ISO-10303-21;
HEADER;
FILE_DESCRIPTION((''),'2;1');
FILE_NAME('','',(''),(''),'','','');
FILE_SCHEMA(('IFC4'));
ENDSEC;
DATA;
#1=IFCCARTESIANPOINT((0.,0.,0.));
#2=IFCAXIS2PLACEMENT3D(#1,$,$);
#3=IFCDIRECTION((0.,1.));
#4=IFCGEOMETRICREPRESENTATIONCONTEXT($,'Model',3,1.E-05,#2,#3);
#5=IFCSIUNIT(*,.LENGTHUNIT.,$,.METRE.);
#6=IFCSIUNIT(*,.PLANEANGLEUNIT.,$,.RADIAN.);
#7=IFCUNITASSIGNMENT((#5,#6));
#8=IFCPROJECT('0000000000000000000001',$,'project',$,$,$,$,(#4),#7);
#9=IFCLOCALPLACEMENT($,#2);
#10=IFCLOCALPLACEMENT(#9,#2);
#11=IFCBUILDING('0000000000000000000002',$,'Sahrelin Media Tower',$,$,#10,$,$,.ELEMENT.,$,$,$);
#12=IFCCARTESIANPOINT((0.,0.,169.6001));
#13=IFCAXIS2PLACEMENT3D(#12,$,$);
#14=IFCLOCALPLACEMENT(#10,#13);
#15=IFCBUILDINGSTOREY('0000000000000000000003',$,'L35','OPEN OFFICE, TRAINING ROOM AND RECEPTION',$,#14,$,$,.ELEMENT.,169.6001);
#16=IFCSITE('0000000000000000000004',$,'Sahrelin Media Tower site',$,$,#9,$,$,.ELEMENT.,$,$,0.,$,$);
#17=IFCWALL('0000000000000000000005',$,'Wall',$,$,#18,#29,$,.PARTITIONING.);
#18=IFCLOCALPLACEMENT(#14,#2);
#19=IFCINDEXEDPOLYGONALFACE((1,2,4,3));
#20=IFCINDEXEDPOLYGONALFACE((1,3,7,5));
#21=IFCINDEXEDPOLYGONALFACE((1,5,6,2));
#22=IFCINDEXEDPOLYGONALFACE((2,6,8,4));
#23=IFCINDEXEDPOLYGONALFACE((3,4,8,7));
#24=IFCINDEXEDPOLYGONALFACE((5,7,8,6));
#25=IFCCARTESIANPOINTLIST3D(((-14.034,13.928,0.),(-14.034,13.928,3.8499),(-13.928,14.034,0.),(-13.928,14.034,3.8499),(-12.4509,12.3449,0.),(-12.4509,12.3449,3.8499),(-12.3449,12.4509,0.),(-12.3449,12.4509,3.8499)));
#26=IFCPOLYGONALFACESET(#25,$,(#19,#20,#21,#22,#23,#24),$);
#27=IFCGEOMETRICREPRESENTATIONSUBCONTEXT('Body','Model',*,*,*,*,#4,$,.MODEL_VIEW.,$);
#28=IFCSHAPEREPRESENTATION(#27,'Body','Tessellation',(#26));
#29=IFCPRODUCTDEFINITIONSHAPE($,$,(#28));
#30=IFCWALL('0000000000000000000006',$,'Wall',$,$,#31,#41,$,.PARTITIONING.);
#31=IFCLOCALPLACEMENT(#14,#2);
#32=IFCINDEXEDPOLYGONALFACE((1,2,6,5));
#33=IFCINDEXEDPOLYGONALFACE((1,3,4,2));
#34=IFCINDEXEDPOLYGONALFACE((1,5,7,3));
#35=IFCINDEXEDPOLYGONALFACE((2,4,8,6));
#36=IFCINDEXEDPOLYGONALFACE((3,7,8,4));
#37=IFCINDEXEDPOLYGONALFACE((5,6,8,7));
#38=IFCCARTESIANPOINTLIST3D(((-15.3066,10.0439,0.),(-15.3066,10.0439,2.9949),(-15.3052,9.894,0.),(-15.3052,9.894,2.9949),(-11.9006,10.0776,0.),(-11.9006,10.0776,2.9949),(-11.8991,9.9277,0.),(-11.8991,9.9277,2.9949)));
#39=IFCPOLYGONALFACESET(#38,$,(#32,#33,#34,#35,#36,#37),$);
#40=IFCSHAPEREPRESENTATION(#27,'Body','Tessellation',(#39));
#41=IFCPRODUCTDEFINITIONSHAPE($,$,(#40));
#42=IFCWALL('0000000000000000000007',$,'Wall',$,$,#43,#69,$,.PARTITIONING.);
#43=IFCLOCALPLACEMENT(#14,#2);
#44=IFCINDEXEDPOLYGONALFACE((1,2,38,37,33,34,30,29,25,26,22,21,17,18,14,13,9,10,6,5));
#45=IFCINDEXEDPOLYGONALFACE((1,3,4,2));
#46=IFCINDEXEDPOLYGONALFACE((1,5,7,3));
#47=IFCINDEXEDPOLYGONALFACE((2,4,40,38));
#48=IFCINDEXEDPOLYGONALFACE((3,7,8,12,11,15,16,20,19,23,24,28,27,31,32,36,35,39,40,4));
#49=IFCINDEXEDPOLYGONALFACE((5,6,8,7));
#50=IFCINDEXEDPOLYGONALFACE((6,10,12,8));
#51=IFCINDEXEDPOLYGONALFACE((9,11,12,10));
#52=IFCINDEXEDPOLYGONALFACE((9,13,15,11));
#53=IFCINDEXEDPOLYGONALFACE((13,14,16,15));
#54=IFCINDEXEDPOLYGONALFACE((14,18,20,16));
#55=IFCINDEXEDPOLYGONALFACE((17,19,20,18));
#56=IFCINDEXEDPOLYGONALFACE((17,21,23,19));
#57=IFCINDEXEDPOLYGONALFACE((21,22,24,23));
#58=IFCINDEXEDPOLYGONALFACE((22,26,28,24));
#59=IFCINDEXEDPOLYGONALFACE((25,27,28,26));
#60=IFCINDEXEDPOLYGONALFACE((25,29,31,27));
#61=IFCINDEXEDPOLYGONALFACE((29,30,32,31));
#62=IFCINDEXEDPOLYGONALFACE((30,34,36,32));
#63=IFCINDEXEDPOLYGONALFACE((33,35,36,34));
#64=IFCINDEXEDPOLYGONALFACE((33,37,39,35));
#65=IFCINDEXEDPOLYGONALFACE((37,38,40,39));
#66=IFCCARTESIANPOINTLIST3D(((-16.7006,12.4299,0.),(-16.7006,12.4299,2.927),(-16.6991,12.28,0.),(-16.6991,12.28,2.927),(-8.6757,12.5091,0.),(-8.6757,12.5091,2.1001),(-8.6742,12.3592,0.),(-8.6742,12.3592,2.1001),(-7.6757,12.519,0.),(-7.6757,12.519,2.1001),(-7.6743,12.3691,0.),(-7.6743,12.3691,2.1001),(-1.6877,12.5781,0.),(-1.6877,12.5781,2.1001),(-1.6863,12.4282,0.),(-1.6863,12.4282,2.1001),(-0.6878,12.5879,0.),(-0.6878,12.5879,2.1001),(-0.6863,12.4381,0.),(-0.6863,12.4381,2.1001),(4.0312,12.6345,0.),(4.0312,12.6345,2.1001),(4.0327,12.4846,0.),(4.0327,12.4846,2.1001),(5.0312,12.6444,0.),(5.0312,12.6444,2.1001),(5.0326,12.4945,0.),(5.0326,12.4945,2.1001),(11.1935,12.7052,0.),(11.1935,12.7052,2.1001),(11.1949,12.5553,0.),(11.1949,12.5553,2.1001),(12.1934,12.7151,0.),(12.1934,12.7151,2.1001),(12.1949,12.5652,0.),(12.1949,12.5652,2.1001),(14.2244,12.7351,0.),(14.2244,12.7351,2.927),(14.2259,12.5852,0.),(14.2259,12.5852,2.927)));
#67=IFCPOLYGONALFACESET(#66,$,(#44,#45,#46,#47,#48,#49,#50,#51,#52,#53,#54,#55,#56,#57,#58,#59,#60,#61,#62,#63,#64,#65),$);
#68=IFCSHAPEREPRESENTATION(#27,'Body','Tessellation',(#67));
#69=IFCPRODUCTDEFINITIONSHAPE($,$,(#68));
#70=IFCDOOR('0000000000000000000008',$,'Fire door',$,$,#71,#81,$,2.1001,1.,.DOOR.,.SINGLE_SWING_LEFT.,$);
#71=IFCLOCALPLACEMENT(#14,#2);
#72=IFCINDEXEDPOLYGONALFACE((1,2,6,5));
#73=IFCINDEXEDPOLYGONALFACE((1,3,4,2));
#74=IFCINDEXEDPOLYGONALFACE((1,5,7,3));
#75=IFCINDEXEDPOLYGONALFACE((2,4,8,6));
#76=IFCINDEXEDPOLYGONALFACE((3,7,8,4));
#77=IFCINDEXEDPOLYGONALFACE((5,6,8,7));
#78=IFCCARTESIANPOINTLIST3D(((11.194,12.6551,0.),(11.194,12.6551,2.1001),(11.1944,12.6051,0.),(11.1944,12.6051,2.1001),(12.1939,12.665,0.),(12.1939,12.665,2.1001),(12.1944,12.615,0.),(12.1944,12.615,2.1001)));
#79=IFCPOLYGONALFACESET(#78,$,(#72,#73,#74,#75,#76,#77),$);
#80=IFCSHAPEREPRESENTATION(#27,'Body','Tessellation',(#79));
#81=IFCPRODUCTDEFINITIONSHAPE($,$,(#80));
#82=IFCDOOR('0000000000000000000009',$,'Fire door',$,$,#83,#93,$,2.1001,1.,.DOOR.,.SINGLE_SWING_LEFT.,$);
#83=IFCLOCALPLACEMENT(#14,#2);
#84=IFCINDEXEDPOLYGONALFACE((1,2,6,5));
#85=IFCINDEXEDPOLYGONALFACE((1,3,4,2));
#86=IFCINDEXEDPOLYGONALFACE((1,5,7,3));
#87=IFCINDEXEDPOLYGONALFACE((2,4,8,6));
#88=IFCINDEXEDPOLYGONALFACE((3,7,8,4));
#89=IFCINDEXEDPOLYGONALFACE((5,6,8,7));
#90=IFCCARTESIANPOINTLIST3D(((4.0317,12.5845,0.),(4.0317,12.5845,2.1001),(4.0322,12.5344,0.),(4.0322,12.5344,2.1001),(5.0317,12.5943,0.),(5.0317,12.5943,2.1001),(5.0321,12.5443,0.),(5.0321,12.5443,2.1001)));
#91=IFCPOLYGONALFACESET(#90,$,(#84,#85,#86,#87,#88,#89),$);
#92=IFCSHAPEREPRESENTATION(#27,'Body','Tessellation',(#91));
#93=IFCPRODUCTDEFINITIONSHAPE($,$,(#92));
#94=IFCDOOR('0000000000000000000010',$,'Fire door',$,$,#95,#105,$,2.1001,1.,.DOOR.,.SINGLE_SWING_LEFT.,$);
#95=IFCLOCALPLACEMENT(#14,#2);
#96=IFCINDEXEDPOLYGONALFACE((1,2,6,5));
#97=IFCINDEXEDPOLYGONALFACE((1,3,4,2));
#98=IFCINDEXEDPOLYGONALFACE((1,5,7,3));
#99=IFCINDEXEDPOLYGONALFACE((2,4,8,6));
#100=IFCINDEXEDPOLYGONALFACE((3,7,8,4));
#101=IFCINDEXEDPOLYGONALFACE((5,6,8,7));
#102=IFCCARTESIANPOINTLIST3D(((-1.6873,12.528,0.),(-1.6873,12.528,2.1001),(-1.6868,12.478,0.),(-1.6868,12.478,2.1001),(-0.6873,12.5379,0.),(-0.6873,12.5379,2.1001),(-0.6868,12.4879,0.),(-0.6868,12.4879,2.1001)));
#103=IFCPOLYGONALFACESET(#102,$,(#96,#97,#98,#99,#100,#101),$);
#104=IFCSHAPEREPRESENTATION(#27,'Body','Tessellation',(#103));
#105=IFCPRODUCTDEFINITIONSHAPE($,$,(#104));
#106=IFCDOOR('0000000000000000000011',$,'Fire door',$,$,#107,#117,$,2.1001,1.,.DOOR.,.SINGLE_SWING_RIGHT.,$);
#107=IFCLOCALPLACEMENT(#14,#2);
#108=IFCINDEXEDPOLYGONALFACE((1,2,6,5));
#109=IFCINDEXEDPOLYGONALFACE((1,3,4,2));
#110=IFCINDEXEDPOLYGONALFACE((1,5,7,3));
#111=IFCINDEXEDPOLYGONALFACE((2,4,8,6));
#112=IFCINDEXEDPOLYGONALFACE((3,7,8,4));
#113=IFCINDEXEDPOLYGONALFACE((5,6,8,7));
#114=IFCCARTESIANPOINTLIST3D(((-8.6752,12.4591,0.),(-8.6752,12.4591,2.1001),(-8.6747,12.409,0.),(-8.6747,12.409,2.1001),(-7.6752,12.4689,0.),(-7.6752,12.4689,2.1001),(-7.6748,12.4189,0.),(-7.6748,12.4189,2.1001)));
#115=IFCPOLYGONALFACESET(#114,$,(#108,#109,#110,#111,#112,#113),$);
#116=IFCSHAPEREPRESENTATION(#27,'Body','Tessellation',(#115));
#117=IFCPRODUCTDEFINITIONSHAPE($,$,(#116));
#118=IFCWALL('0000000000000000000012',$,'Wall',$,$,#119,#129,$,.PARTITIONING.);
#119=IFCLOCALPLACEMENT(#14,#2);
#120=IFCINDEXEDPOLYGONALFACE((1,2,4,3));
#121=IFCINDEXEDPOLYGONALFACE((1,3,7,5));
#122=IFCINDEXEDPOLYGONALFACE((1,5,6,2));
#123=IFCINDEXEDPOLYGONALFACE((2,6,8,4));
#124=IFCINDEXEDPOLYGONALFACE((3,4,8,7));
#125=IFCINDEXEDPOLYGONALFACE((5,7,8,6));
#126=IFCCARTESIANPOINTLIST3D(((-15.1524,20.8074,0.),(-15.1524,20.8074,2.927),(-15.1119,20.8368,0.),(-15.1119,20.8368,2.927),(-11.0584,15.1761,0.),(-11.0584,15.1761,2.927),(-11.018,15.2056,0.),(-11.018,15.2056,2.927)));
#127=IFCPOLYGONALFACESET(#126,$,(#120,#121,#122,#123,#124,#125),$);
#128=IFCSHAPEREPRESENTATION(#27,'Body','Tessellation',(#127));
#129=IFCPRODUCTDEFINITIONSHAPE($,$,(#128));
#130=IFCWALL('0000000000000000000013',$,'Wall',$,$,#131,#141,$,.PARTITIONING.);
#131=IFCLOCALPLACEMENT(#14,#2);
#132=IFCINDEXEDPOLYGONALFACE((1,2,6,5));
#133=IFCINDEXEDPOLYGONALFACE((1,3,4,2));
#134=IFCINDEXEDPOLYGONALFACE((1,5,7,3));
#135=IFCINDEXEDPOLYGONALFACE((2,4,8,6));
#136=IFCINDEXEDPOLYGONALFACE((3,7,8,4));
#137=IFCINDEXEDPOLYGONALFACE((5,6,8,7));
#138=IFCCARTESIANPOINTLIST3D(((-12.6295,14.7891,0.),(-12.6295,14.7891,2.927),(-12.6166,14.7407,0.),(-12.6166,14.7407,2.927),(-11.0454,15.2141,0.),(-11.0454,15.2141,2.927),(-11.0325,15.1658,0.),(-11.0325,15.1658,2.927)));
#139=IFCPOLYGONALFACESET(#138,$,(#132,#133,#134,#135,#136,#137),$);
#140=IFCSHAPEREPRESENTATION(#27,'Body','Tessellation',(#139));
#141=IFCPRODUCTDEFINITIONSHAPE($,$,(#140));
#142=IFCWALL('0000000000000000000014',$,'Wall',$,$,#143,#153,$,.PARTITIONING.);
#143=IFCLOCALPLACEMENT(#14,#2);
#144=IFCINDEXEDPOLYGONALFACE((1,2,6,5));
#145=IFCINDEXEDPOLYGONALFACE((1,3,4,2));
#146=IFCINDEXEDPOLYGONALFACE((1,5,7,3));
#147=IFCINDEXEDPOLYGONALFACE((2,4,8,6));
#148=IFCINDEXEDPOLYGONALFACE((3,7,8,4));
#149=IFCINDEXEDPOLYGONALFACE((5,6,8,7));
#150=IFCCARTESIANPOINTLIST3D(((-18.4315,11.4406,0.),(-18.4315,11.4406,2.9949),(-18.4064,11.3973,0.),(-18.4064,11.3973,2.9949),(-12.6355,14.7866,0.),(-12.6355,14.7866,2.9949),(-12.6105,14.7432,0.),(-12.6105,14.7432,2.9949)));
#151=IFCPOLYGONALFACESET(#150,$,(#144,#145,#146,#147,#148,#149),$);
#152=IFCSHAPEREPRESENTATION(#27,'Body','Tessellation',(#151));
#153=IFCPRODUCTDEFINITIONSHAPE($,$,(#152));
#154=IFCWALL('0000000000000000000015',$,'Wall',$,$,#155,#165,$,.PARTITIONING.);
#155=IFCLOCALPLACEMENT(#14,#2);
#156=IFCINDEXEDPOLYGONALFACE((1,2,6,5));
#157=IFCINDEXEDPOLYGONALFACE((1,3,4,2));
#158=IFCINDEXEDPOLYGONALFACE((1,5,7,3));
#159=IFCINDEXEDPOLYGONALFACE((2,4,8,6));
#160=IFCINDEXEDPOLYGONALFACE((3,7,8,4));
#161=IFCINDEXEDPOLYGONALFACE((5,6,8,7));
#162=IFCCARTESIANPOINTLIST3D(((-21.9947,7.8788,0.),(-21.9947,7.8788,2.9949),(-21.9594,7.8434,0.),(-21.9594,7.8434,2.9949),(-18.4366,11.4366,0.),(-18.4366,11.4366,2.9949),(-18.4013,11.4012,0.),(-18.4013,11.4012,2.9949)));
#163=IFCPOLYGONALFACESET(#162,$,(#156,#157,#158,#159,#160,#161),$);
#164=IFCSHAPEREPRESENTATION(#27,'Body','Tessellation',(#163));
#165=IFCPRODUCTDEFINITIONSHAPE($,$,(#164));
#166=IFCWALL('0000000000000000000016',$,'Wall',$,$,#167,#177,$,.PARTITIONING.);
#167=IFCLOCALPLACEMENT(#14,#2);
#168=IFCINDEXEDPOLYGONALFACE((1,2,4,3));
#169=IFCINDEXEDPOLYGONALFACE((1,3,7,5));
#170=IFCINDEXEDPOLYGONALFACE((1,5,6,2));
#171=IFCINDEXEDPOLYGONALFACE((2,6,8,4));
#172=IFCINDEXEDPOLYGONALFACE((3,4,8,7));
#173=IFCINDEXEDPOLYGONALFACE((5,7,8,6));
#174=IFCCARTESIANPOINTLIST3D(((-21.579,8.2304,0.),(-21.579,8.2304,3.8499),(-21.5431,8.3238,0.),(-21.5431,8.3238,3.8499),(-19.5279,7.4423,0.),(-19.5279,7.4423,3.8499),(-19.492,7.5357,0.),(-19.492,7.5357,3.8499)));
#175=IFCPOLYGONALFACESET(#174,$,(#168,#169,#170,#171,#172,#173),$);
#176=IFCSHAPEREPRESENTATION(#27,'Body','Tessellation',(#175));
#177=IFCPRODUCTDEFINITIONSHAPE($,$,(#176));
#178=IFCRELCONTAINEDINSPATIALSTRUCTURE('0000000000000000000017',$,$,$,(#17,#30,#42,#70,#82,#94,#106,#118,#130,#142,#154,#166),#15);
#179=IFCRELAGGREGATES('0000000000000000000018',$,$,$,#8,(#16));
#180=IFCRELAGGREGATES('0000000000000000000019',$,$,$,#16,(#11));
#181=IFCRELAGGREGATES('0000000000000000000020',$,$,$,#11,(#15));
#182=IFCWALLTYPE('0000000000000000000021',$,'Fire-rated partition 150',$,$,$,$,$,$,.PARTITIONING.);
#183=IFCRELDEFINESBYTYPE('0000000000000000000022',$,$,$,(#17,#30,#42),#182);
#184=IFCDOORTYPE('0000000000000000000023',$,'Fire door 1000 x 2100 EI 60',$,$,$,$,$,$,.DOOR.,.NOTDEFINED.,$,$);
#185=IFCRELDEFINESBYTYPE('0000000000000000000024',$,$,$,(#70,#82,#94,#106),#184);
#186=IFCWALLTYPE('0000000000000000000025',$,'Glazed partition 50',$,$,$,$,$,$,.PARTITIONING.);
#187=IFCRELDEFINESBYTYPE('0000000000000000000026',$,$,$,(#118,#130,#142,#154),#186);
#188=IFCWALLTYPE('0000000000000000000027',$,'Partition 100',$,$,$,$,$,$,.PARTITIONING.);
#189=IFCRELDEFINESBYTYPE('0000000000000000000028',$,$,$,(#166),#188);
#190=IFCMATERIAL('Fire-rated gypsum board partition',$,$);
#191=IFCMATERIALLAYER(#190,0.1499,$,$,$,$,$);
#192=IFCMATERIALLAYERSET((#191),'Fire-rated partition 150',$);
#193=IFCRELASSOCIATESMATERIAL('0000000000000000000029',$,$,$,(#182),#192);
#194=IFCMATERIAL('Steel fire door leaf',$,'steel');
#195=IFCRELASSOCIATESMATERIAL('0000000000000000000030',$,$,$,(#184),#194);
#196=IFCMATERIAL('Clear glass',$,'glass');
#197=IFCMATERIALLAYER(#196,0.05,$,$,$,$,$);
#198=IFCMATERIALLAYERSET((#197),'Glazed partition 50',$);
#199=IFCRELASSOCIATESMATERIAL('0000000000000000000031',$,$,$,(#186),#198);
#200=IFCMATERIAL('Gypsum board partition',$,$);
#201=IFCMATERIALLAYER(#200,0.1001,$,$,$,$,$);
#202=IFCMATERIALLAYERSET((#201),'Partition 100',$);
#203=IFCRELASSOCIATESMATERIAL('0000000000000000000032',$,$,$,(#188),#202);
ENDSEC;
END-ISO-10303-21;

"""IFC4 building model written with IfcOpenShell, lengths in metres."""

from ifc_helpers import new_model, si_unit, direction, frame, frame_2d, origin, place, context, subcontext, project, spatial, rectangle, extrude, material, layer, layer_set, type_object, element, fill, save


model = new_model("IFC4")

# Units and contexts
model_context = context("Model", 3, precision=1e-05, world=origin(), true_north=direction((0.0, 1.0)))
body_context = subcontext(model_context, "Body", "Model", "MODEL_VIEW")
ifc_project = project(units=[si_unit("LENGTHUNIT", "METRE"), si_unit("PLANEANGLEUNIT", "RADIAN")], contexts=[model_context])

# Site, building, storey
site_placement = place(None, origin())
site = spatial("IfcSite", under=ifc_project, at=site_placement, Name="Sahrelin Media Tower site", CompositionType="ELEMENT", RefElevation=0.0)
building_placement = place(site_placement, origin())
building = spatial("IfcBuilding", under=site, at=building_placement, Name="Sahrelin Media Tower", CompositionType="ELEMENT")
storey_placement = place(building_placement, frame((0.0, 0.0, 169.6001)))
storey = spatial("IfcBuildingStorey", under=building, at=storey_placement, Name="L35", Description="OPEN OFFICE, TRAINING ROOM AND RECEPTION", CompositionType="ELEMENT", Elevation=169.6001)

# Walls
ifc_material_1 = material(Name="Fire-rated gypsum board partition")
ifc_layer_1 = layer(ifc_material_1, 0.1499)
ifc_layer_set_1 = layer_set([ifc_layer_1], Name="Fire-rated partition 150")
wall_type_1 = type_object("IfcWallType", Name="Fire-rated partition 150", PredefinedType="PARTITIONING", material=ifc_layer_set_1)
wall_1_placement = place(storey_placement, frame((-13.981, 13.981, 0.0), z_axis=(0.0, 0.0, 1.0), x_axis=(0.707107, -0.707107, 0.0)))
element("IfcWall", 1, at=wall_1_placement, inside=storey, type_object=wall_type_1, Name="Wall", PredefinedType="PARTITIONING", context=body_context, shape_type="SweptSolid", body=[
    extrude(rectangle(XDim=2.2388, YDim=0.1499, at=frame_2d((1.1194, 0.0))), origin(), (0.0, 0.0, 1.0), 3.8499),
])
wall_2_placement = place(storey_placement, frame((-15.3059, 9.969, 0.0), z_axis=(0.0, 0.0, 1.0), x_axis=(0.999951, 0.009891, 0.0)))
element("IfcWall", 2, at=wall_2_placement, inside=storey, type_object=wall_type_1, Name="Wall", PredefinedType="PARTITIONING", context=body_context, shape_type="SweptSolid", body=[
    extrude(rectangle(XDim=3.4062, YDim=0.1499, at=frame_2d((1.7031, 0.0))), origin(), (0.0, 0.0, 1.0), 2.9949),
])

# Wall, openings, doors
wall_3_placement = place(storey_placement, frame((-16.7, 12.355, 0.0), z_axis=(0.0, 0.0, 1.0), x_axis=(0.999951, 0.009868, 0.0)))
wall_3 = element("IfcWall", 3, at=wall_3_placement, inside=storey, type_object=wall_type_1, Name="Wall", PredefinedType="PARTITIONING", context=body_context, shape_type="SweptSolid", body=[
    extrude(rectangle(XDim=30.9265, YDim=0.1499, at=frame_2d((15.4634, 0.0))), origin(), (0.0, 0.0, 1.0), 2.927),
])
opening_1_placement = place(wall_3_placement, frame((27.8955, 0.0, 0.0)))
opening_1 = element("IfcOpeningElement", 4, at=opening_1_placement, cuts=wall_3, PredefinedType="OPENING", context=body_context, shape_type="SweptSolid", body=[
    extrude(rectangle(XDim=1.0, YDim=2.1001, at=frame_2d((0.5, 1.05))), frame((0.0, 0.075, 0.0), z_axis=(0.0, -1.0, 0.0), x_axis=(1.0, 0.0, 0.0)), (0.0, 0.0, 1.0), 0.1499),
])
opening_2_placement = place(wall_3_placement, frame((20.7329, 0.0, 0.0)))
opening_2 = element("IfcOpeningElement", 5, at=opening_2_placement, cuts=wall_3, PredefinedType="OPENING", context=body_context, shape_type="SweptSolid", body=[
    extrude(rectangle(XDim=1.0, YDim=2.1001, at=frame_2d((0.5, 1.05))), frame((0.0, 0.075, 0.0), z_axis=(0.0, -1.0, 0.0), x_axis=(1.0, 0.0, 0.0)), (0.0, 0.0, 1.0), 0.1499),
])
opening_3_placement = place(wall_3_placement, frame((15.0137, 0.0, 0.0)))
opening_3 = element("IfcOpeningElement", 6, at=opening_3_placement, cuts=wall_3, PredefinedType="OPENING", context=body_context, shape_type="SweptSolid", body=[
    extrude(rectangle(XDim=1.0, YDim=2.1001, at=frame_2d((0.5, 1.05))), frame((0.0, 0.075, 0.0), z_axis=(0.0, -1.0, 0.0), x_axis=(1.0, 0.0, 0.0)), (0.0, 0.0, 1.0), 0.1499),
])
opening_4_placement = place(wall_3_placement, frame((8.0254, 0.0, 0.0)))
opening_4 = element("IfcOpeningElement", 7, at=opening_4_placement, cuts=wall_3, PredefinedType="OPENING", context=body_context, shape_type="SweptSolid", body=[
    extrude(rectangle(XDim=1.0, YDim=2.1001, at=frame_2d((0.5, 1.05))), frame((0.0, 0.075, 0.0), z_axis=(0.0, -1.0, 0.0), x_axis=(1.0, 0.0, 0.0)), (0.0, 0.0, 1.0), 0.1499),
])
ifc_material_2 = material(Name="Steel fire door leaf", Category="steel")
door_type = type_object("IfcDoorType", Name="Fire door 1000 x 2100 EI 60", OperationType="NOTDEFINED", PredefinedType="DOOR", material=ifc_material_2)
door_1_placement = place(opening_1_placement, origin())
door_1 = element("IfcDoor", 8, at=door_1_placement, inside=storey, type_object=door_type, Name="Fire door", OperationType="SINGLE_SWING_LEFT", OverallHeight=2.1001, OverallWidth=1.0, PredefinedType="DOOR", context=body_context, shape_type="SweptSolid", body=[
    extrude(rectangle(XDim=1.0, YDim=2.1001, at=frame_2d((0.5, 1.05))), frame((0.0, 0.0249, 0.0), z_axis=(0.0, -1.0, 0.0), x_axis=(1.0, 0.0, 0.0)), (0.0, 0.0, 1.0), 0.05),
])
fill(opening_1, door_1)
door_2_placement = place(opening_2_placement, origin())
door_2 = element("IfcDoor", 9, at=door_2_placement, inside=storey, type_object=door_type, Name="Fire door", OperationType="SINGLE_SWING_LEFT", OverallHeight=2.1001, OverallWidth=1.0, PredefinedType="DOOR", context=body_context, shape_type="SweptSolid", body=[
    extrude(rectangle(XDim=1.0, YDim=2.1001, at=frame_2d((0.5, 1.05))), frame((0.0, 0.0249, 0.0), z_axis=(0.0, -1.0, 0.0), x_axis=(1.0, 0.0, 0.0)), (0.0, 0.0, 1.0), 0.05),
])
fill(opening_2, door_2)
door_3_placement = place(opening_3_placement, origin())
door_3 = element("IfcDoor", 10, at=door_3_placement, inside=storey, type_object=door_type, Name="Fire door", OperationType="SINGLE_SWING_LEFT", OverallHeight=2.1001, OverallWidth=1.0, PredefinedType="DOOR", context=body_context, shape_type="SweptSolid", body=[
    extrude(rectangle(XDim=1.0, YDim=2.1001, at=frame_2d((0.5, 1.05))), frame((0.0, 0.0249, 0.0), z_axis=(0.0, -1.0, 0.0), x_axis=(1.0, 0.0, 0.0)), (0.0, 0.0, 1.0), 0.05),
])
fill(opening_3, door_3)
door_4_placement = place(opening_4_placement, origin())
door_4 = element("IfcDoor", 11, at=door_4_placement, inside=storey, type_object=door_type, Name="Fire door", OperationType="SINGLE_SWING_RIGHT", OverallHeight=2.1001, OverallWidth=1.0, PredefinedType="DOOR", context=body_context, shape_type="SweptSolid", body=[
    extrude(rectangle(XDim=1.0, YDim=2.1001, at=frame_2d((0.5, 1.05))), frame((0.0, 0.0249, 0.0), z_axis=(0.0, -1.0, 0.0), x_axis=(1.0, 0.0, 0.0)), (0.0, 0.0, 1.0), 0.05),
])
fill(opening_4, door_4)

# Walls
ifc_material_3 = material(Name="Clear glass", Category="glass")
ifc_layer_2 = layer(ifc_material_3, 0.05)
ifc_layer_set_2 = layer_set([ifc_layer_2], Name="Glazed partition 50")
wall_type_2 = type_object("IfcWallType", Name="Glazed partition 50", PredefinedType="PARTITIONING", material=ifc_layer_set_2)
wall_4_placement = place(storey_placement, frame((-15.1321, 20.822, 0.0), z_axis=(0.0, 0.0, 1.0), x_axis=(0.588028, -0.808841, 0.0)))
element("IfcWall", 12, at=wall_4_placement, inside=storey, type_object=wall_type_2, Name="Wall", PredefinedType="PARTITIONING", context=body_context, shape_type="SweptSolid", body=[
    extrude(rectangle(XDim=6.9622, YDim=0.05, at=frame_2d((3.481, 0.0))), origin(), (0.0, 0.0, 1.0), 2.927),
])
wall_5_placement = place(storey_placement, frame((-12.623, 14.7649, 0.0), z_axis=(0.0, 0.0, 1.0), x_axis=(0.965831, 0.259173, 0.0)))
element("IfcWall", 13, at=wall_5_placement, inside=storey, type_object=wall_type_2, Name="Wall", PredefinedType="PARTITIONING", context=body_context, shape_type="SweptSolid", body=[
    extrude(rectangle(XDim=1.6401, YDim=0.05, at=frame_2d((0.8201, 0.0))), origin(), (0.0, 0.0, 1.0), 2.927),
])
wall_6_placement = place(storey_placement, frame((-18.4189, 11.4189, 0.0), z_axis=(0.0, 0.0, 1.0), x_axis=(0.866046, 0.499965, 0.0)))
element("IfcWall", 14, at=wall_6_placement, inside=storey, type_object=wall_type_2, Name="Wall", PredefinedType="PARTITIONING", context=body_context, shape_type="SweptSolid", body=[
    extrude(rectangle(XDim=6.6924, YDim=0.05, at=frame_2d((3.3462, 0.0))), origin(), (0.0, 0.0, 1.0), 2.9949),
])
wall_7_placement = place(storey_placement, frame((-21.9771, 7.8611, 0.0), z_axis=(0.0, 0.0, 1.0), x_axis=(0.707131, 0.707083, 0.0)))
element("IfcWall", 15, at=wall_7_placement, inside=storey, type_object=wall_type_2, Name="Wall", PredefinedType="PARTITIONING", context=body_context, shape_type="SweptSolid", body=[
    extrude(rectangle(XDim=5.0317, YDim=0.05, at=frame_2d((2.5159, 0.0))), origin(), (0.0, 0.0, 1.0), 2.9949),
])
ifc_material_4 = material(Name="Gypsum board partition")
ifc_layer_3 = layer(ifc_material_4, 0.1001)
ifc_layer_set_3 = layer_set([ifc_layer_3], Name="Partition 100")
wall_type_3 = type_object("IfcWallType", Name="Partition 100", PredefinedType="PARTITIONING", material=ifc_layer_set_3)
wall_8_placement = place(storey_placement, frame((-21.561, 8.2771, 0.0), z_axis=(0.0, 0.0, 1.0), x_axis=(0.933463, -0.358674, 0.0)))
element("IfcWall", 16, at=wall_8_placement, inside=storey, type_object=wall_type_3, Name="Wall", PredefinedType="PARTITIONING", context=body_context, shape_type="SweptSolid", body=[
    extrude(rectangle(XDim=2.1973, YDim=0.1001, at=frame_2d((1.0986, 0.0))), origin(), (0.0, 0.0, 1.0), 3.8499),
])

save(model, "model.ifc")
